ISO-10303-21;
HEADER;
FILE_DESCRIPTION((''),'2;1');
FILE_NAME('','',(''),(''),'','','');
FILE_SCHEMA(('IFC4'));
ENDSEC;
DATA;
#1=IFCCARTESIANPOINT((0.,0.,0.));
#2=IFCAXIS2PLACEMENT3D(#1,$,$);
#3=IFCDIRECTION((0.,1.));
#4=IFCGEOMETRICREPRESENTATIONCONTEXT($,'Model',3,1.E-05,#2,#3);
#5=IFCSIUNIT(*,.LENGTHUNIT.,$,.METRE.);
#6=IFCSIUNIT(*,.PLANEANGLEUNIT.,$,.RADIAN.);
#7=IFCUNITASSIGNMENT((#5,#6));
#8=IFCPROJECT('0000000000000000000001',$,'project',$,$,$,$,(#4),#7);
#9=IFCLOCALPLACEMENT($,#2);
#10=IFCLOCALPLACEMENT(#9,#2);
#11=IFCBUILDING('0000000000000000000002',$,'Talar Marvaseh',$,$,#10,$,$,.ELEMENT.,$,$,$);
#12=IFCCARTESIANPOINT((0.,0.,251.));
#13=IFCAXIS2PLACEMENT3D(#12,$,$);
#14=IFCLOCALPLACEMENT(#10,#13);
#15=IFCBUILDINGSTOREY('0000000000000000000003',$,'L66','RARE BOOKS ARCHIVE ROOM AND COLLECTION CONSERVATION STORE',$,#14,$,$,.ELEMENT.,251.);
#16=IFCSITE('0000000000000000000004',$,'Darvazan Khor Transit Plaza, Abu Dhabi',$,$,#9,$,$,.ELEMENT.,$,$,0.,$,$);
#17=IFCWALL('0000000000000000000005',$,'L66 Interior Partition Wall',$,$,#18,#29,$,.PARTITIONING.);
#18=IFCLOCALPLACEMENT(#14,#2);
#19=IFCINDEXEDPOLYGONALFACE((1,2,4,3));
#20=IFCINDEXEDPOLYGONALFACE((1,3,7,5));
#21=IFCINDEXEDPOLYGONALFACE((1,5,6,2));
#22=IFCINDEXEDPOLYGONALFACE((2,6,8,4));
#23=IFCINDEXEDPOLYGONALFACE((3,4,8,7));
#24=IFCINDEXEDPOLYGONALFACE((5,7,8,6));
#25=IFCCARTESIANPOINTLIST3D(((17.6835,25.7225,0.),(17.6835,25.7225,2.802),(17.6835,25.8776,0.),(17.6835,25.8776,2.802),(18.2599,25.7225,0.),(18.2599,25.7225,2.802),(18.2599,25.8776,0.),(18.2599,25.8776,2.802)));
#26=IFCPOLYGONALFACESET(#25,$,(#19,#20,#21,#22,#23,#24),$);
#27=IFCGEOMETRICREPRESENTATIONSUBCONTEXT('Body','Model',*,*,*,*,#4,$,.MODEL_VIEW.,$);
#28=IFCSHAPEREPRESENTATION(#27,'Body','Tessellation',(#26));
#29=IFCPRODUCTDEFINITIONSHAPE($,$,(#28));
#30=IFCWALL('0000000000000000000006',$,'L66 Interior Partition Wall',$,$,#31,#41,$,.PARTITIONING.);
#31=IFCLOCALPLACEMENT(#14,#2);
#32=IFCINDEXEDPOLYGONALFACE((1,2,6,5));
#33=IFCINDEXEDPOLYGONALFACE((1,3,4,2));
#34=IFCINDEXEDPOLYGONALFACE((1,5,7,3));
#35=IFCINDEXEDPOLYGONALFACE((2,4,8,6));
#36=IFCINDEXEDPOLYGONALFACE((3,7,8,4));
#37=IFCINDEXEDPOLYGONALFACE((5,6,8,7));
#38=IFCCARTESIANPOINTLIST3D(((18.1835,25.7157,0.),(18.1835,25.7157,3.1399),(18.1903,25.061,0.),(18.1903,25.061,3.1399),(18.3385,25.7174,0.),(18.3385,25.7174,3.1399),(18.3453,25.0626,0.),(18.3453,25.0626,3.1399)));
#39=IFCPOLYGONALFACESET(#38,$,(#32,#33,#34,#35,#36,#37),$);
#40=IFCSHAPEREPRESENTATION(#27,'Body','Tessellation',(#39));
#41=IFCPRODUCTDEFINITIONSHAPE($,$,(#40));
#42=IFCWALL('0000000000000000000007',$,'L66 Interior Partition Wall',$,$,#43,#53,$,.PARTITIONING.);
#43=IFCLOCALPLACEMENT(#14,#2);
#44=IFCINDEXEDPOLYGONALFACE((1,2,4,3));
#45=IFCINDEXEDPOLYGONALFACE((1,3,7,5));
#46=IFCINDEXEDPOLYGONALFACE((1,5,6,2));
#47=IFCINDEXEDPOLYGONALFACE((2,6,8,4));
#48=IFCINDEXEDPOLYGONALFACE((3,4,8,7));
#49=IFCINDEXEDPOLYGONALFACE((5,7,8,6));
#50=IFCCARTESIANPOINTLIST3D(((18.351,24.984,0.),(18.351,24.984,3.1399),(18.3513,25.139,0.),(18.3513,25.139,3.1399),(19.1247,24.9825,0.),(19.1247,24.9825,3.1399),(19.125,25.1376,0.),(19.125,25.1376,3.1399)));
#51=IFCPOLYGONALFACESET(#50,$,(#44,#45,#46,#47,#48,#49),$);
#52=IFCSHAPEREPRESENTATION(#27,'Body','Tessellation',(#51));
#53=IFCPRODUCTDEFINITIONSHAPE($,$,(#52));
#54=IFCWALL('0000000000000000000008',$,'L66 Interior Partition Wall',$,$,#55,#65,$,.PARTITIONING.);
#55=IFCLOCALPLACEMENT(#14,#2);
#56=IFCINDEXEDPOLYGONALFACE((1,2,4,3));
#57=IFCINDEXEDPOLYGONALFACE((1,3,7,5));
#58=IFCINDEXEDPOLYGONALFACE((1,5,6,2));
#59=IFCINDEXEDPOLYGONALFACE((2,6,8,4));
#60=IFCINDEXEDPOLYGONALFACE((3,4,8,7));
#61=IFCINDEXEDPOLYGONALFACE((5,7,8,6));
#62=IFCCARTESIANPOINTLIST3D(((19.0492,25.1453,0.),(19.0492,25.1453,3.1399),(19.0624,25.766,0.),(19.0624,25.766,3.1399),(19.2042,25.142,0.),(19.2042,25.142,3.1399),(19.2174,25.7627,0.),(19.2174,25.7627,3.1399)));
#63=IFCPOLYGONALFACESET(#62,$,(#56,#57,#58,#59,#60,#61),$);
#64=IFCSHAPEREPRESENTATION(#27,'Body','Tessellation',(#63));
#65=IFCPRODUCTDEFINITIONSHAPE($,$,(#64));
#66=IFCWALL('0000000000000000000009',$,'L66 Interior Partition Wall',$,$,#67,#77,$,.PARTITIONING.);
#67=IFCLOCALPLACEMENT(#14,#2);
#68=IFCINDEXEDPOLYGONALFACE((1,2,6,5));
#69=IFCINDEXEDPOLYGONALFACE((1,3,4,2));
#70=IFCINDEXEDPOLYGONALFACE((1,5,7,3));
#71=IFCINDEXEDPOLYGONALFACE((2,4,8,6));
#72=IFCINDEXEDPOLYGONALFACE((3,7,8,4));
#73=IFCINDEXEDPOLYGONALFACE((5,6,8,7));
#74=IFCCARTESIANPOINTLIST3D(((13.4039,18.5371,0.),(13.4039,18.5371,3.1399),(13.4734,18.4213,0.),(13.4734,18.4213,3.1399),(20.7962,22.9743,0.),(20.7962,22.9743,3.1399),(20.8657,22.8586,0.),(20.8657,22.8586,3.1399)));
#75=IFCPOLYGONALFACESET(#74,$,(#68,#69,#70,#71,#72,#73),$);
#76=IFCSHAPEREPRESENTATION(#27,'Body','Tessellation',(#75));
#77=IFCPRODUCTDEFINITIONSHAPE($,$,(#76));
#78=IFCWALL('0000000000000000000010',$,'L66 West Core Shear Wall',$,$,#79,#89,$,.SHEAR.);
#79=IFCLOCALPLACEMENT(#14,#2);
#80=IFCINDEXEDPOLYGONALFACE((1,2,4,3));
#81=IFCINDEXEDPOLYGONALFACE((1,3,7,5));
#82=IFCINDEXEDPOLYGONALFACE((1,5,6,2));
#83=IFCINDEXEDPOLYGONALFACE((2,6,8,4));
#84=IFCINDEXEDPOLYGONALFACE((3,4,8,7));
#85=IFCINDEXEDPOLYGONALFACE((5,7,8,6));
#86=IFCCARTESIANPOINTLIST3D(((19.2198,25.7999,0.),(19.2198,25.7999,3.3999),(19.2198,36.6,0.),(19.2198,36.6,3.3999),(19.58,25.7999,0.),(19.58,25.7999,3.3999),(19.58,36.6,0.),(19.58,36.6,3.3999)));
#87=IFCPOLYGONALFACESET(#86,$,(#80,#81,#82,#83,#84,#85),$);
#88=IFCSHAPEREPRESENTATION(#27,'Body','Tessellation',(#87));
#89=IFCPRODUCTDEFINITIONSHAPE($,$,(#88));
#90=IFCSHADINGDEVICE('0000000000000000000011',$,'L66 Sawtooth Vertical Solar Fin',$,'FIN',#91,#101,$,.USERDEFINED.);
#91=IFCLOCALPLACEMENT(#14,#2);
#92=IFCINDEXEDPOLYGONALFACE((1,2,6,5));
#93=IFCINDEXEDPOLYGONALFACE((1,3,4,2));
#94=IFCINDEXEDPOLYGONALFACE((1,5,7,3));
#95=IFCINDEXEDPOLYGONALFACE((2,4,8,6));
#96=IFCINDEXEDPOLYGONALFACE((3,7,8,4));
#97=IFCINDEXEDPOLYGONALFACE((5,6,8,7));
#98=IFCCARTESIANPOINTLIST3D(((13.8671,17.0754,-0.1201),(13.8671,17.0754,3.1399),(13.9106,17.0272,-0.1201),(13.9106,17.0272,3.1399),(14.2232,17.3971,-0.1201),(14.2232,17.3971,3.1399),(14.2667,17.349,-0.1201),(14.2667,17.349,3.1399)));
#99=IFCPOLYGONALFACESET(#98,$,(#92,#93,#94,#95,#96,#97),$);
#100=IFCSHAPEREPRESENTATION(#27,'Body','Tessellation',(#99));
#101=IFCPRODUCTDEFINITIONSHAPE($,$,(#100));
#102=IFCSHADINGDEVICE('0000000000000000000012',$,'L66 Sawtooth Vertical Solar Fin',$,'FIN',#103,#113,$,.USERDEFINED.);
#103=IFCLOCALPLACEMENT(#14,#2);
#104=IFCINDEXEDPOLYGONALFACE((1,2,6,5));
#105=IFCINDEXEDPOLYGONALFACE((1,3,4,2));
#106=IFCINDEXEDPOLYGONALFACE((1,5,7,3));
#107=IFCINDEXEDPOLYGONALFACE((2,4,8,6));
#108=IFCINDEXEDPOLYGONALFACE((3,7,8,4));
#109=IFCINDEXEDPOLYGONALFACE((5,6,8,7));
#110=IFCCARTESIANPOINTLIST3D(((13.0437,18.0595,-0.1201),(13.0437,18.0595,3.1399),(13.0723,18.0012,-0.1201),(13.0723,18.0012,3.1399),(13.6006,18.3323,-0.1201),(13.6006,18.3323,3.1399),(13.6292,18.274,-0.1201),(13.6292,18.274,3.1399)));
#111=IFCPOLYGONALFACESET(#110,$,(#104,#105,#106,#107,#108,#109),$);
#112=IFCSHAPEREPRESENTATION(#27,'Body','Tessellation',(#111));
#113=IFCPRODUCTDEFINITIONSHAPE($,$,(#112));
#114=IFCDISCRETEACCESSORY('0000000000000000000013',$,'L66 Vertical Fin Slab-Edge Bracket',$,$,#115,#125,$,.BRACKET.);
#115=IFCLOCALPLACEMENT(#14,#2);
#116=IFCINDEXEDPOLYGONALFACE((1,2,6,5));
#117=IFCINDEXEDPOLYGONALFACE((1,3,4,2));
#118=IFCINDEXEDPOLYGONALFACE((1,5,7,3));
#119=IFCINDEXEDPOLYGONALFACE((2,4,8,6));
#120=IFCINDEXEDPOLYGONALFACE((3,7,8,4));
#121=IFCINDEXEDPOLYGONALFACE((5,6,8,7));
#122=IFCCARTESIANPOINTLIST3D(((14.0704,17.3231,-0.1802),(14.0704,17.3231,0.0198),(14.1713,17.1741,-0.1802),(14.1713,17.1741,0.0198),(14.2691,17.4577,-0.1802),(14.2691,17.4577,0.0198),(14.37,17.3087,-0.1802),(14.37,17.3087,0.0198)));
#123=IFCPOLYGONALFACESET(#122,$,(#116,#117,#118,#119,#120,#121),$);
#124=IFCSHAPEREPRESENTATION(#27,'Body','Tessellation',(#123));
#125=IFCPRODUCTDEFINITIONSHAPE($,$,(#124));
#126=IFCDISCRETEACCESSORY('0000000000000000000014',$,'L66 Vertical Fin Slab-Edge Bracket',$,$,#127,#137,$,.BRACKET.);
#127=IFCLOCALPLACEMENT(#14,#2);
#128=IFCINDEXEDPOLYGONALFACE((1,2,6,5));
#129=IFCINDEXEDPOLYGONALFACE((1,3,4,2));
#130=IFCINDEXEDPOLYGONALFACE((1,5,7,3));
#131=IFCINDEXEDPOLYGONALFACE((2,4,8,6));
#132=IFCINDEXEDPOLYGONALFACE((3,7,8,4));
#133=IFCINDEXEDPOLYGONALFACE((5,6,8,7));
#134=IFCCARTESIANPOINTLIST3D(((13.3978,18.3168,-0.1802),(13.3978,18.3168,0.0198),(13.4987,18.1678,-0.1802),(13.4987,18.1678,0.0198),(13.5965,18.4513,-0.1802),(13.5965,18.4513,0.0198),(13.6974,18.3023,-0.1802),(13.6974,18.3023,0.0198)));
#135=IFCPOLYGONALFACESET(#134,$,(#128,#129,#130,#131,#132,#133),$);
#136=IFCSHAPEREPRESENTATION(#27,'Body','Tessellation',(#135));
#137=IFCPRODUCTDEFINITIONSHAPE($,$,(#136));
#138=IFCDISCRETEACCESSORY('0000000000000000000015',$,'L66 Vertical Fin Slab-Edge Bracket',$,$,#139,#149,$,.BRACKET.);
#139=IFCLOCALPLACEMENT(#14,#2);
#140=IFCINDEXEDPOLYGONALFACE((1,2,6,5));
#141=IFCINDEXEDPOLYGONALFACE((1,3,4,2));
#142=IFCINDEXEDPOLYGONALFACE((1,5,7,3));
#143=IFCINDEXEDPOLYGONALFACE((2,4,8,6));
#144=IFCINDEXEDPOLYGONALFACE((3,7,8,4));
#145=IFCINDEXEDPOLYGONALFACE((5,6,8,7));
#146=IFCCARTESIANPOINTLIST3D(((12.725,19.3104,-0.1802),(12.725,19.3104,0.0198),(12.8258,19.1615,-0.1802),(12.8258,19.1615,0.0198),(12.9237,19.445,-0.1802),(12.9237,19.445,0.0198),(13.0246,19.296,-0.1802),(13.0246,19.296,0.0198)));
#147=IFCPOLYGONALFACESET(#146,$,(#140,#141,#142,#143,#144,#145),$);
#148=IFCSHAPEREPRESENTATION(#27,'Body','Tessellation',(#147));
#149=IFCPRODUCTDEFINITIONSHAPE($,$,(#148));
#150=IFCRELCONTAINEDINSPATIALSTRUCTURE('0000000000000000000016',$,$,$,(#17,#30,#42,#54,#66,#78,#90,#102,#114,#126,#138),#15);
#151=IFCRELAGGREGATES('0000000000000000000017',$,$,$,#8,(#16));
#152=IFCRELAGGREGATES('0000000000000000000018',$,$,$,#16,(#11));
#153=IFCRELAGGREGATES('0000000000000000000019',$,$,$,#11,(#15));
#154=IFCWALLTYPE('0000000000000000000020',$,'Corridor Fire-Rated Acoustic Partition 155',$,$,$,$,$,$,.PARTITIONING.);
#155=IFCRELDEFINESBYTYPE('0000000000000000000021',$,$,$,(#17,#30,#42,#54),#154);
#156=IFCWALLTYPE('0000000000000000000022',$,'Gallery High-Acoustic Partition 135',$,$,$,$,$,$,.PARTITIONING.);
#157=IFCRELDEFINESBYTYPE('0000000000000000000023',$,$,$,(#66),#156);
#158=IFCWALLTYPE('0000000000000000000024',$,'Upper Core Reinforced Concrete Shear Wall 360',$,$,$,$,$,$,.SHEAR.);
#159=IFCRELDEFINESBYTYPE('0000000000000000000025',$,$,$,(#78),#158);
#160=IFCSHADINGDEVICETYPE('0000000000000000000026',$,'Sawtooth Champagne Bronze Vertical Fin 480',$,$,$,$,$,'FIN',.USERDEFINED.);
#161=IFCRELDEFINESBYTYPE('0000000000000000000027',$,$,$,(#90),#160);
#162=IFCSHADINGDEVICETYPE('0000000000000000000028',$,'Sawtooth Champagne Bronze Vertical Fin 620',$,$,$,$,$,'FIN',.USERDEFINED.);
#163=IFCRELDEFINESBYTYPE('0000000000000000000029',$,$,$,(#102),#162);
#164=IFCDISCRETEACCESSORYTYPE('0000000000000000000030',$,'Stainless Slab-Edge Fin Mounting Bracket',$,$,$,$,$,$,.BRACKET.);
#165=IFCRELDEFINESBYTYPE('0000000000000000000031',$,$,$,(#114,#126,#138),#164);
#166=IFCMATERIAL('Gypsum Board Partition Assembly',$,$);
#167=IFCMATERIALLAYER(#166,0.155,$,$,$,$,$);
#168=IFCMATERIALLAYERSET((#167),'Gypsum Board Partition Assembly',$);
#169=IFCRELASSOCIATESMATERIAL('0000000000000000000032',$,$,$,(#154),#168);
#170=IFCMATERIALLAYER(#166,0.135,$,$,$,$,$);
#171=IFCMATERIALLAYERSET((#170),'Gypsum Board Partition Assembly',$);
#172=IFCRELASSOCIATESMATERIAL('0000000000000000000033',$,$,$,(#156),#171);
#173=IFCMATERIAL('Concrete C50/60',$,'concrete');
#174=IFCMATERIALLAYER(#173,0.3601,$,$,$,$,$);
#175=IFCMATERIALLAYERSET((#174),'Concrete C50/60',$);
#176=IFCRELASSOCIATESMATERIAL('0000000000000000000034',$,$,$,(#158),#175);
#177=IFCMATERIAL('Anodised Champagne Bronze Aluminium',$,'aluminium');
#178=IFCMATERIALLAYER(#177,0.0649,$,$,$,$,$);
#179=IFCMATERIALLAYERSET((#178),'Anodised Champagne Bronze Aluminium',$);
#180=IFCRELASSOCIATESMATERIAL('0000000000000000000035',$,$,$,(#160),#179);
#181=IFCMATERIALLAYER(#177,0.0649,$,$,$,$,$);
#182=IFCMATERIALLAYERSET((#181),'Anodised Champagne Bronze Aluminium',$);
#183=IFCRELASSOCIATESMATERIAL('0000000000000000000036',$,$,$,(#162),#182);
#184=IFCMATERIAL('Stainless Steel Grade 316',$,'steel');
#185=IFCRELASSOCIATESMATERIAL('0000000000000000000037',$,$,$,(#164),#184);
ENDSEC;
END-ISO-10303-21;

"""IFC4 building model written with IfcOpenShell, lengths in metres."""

from ifc_helpers import new_model, si_unit, direction, frame, frame_2d, origin, origin_2d, place, context, subcontext, project, spatial, rectangle, extrude, source, transform, mapped, material, layer, layer_set, type_object, type_shapes, element, save


model = new_model("IFC4")

# Units and contexts
model_context = context("Model", 3, precision=1e-05, world=origin(), true_north=direction((0.0, 1.0)))
body_context = subcontext(model_context, "Body", "Model", "MODEL_VIEW")
ifc_project = project(units=[si_unit("LENGTHUNIT", "METRE"), si_unit("PLANEANGLEUNIT", "RADIAN")], contexts=[model_context])

# Site, building, storey
site_placement = place(None, origin())
site = spatial("IfcSite", under=ifc_project, at=site_placement, Name="Darvazan Khor Transit Plaza, Abu Dhabi", CompositionType="ELEMENT", RefElevation=0.0)
building_placement = place(site_placement, origin())
building = spatial("IfcBuilding", under=site, at=building_placement, Name="Talar Marvaseh", CompositionType="ELEMENT")
storey_placement = place(building_placement, frame((0.0, 0.0, 251.0)))
storey = spatial("IfcBuildingStorey", under=building, at=storey_placement, Name="L66", Description="RARE BOOKS ARCHIVE ROOM AND COLLECTION CONSERVATION STORE", CompositionType="ELEMENT", Elevation=251.0)

# Shared definitions
ifc_material_1 = material(Name="Concrete C50/60", Category="concrete")

# Shared definitions
ifc_material_2 = material(Name="Gypsum Board Partition Assembly")
ifc_layer_1 = layer(ifc_material_2, 0.155)
ifc_layer_set_1 = layer_set([ifc_layer_1], Name="Gypsum Board Partition Assembly")
wall_type_1 = type_object("IfcWallType", Name="Corridor Fire-Rated Acoustic Partition 155", PredefinedType="PARTITIONING", material=ifc_layer_set_1)

# Walls
wall_1_placement = place(storey_placement, frame((17.6836, 25.8, 0.0), z_axis=(0.0, 0.0, 1.0), x_axis=(1.0, 0.0, 0.0)))
element("IfcWall", 1, at=wall_1_placement, inside=storey, type_object=wall_type_1, Name="L66 Interior Partition Wall", PredefinedType="PARTITIONING", context=body_context, shape_type="SweptSolid", body=[
    extrude(rectangle(XDim=0.5764, YDim=0.155, at=frame_2d((0.2881, 0.0))), origin(), (0.0, 0.0, 1.0), 2.802),
])
wall_2_placement = place(storey_placement, frame((18.261, 25.7166, 0.0), z_axis=(0.0, 0.0, 1.0), x_axis=(0.010439, -0.999946, 0.0)))
element("IfcWall", 2, at=wall_2_placement, inside=storey, type_object=wall_type_1, Name="L66 Interior Partition Wall", PredefinedType="PARTITIONING", context=body_context, shape_type="SweptSolid", body=[
    extrude(rectangle(XDim=0.6548, YDim=0.155, at=frame_2d((0.3274, 0.0))), origin(), (0.0, 0.0, 1.0), 3.1399),
])
wall_3_placement = place(storey_placement, frame((18.3513, 25.0615, 0.0), z_axis=(0.0, 0.0, 1.0), x_axis=(0.999998, -0.001893, 0.0)))
element("IfcWall", 3, at=wall_3_placement, inside=storey, type_object=wall_type_1, Name="L66 Interior Partition Wall", PredefinedType="PARTITIONING", context=body_context, shape_type="SweptSolid", body=[
    extrude(rectangle(XDim=0.7737, YDim=0.155, at=frame_2d((0.3867, 0.0))), origin(), (0.0, 0.0, 1.0), 3.1399),
])
wall_4_placement = place(storey_placement, frame((19.1267, 25.1436, 0.0), z_axis=(0.0, 0.0, 1.0), x_axis=(0.021238, 0.999774, 0.0)))
element("IfcWall", 4, at=wall_4_placement, inside=storey, type_object=wall_type_1, Name="L66 Interior Partition Wall", PredefinedType="PARTITIONING", context=body_context, shape_type="SweptSolid", body=[
    extrude(rectangle(XDim=0.6208, YDim=0.155, at=frame_2d((0.3105, 0.0))), origin(), (0.0, 0.0, 1.0), 3.1399),
])
ifc_layer_2 = layer(ifc_material_2, 0.135)
ifc_layer_set_2 = layer_set([ifc_layer_2], Name="Gypsum Board Partition Assembly")
wall_type_2 = type_object("IfcWallType", Name="Gallery High-Acoustic Partition 135", PredefinedType="PARTITIONING", material=ifc_layer_set_2)
wall_5_placement = place(storey_placement, frame((20.8311, 22.9165, 0.0), z_axis=(0.0, 0.0, 1.0), x_axis=(-0.857398, -0.514654, 0.0)))
element("IfcWall", 5, at=wall_5_placement, inside=storey, type_object=wall_type_2, Name="L66 Interior Partition Wall", PredefinedType="PARTITIONING", context=body_context, shape_type="SweptSolid", body=[
    extrude(rectangle(XDim=8.6218, YDim=0.135, at=frame_2d((4.311, 0.0))), origin(), (0.0, 0.0, 1.0), 3.1399),
])
ifc_layer_3 = layer(ifc_material_1, 0.3601)
ifc_layer_set_3 = layer_set([ifc_layer_3], Name="Concrete C50/60")
wall_type_3 = type_object("IfcWallType", Name="Upper Core Reinforced Concrete Shear Wall 360", PredefinedType="SHEAR", material=ifc_layer_set_3)
wall_6_placement = place(storey_placement, frame((19.3999, 25.8, 0.0), z_axis=(0.0, 0.0, 1.0), x_axis=(0.0, 1.0, 0.0)))
element("IfcWall", 6, at=wall_6_placement, inside=storey, type_object=wall_type_3, Name="L66 West Core Shear Wall", PredefinedType="SHEAR", context=body_context, shape_type="SweptSolid", body=[
    extrude(rectangle(XDim=10.8, YDim=0.3601, at=frame_2d((5.3999, 0.0))), origin(), (0.0, 0.0, 1.0), 3.3999),
])

# Shading devices
ifc_material_3 = material(Name="Anodised Champagne Bronze Aluminium", Category="aluminium")
ifc_layer_4 = layer(ifc_material_3, 0.0649)
ifc_layer_set_4 = layer_set([ifc_layer_4], Name="Anodised Champagne Bronze Aluminium")
shading_device_type_1 = type_object("IfcShadingDeviceType", Name="Sawtooth Champagne Bronze Vertical Fin 480", ElementType="FIN", PredefinedType="USERDEFINED", material=ifc_layer_set_4)
shared_shape_1 = source(origin(), body_context, "Body", "SweptSolid", [
    extrude(rectangle(XDim=0.48, YDim=0.0649, at=origin_2d()), origin(), (0.0, 0.0, 1.0), 3.26),
])
type_shapes(shading_device_type_1, [shared_shape_1])
shading_device_1_placement = place(storey_placement, frame((14.0669, 17.2122, -0.1201), z_axis=(0.0, 0.0, 1.0), x_axis=(-0.741976, -0.670427, 0.0)))
element("IfcShadingDevice", 7, at=shading_device_1_placement, inside=storey, type_object=shading_device_type_1, Name="L66 Sawtooth Vertical Solar Fin", ObjectType="FIN", PredefinedType="USERDEFINED", context=body_context, shape_type="MappedRepresentation", body=[
    mapped(shared_shape_1, transform((0.0, 0.0, 0.0), x_axis=(1.0, 0.0, 0.0), y_axis=(0.0, 1.0, 0.0), z_axis=(0.0, 0.0, 1.0), scale=1.0)),
])
ifc_layer_5 = layer(ifc_material_3, 0.0649)
ifc_layer_set_5 = layer_set([ifc_layer_5], Name="Anodised Champagne Bronze Aluminium")
shading_device_type_2 = type_object("IfcShadingDeviceType", Name="Sawtooth Champagne Bronze Vertical Fin 620", ElementType="FIN", PredefinedType="USERDEFINED", material=ifc_layer_set_5)
shared_shape_2 = source(origin(), body_context, "Body", "SweptSolid", [
    extrude(rectangle(XDim=0.6201, YDim=0.0649, at=origin_2d()), origin(), (0.0, 0.0, 1.0), 3.26),
])
type_shapes(shading_device_type_2, [shared_shape_2])
shading_device_2_placement = place(storey_placement, frame((13.3364, 18.1667, -0.1201), z_axis=(0.0, 0.0, 1.0), x_axis=(-0.898028, -0.439939, 0.0)))
element("IfcShadingDevice", 8, at=shading_device_2_placement, inside=storey, type_object=shading_device_type_2, Name="L66 Sawtooth Vertical Solar Fin", ObjectType="FIN", PredefinedType="USERDEFINED", context=body_context, shape_type="MappedRepresentation", body=[
    mapped(shared_shape_2, transform((0.0, 0.0, 0.0), x_axis=(1.0, 0.0, 0.0), y_axis=(0.0, 1.0, 0.0), z_axis=(0.0, 0.0, 1.0), scale=1.0)),
])

# Discrete accessories
ifc_material_4 = material(Name="Stainless Steel Grade 316", Category="steel")
discrete_accessory_type = type_object("IfcDiscreteAccessoryType", Name="Stainless Slab-Edge Fin Mounting Bracket", PredefinedType="BRACKET", material=ifc_material_4)
shared_shape_3 = source(origin(), body_context, "Body", "SweptSolid", [
    extrude(rectangle(XDim=0.24, YDim=0.1799, at=origin_2d()), origin(), (0.0, 0.0, 1.0), 0.2),
])
type_shapes(discrete_accessory_type, [shared_shape_3])
for number, where, z_axis, x_axis, name in (
    (9, (14.2202, 17.3159, -0.1802), (0.0, 0.0, 1.0), (-0.82806, -0.560639, 0.0), "L66 Vertical Fin Slab-Edge Bracket"),
    (10, (13.5476, 18.3096, -0.1802), (0.0, 0.0, 1.0), (-0.82806, -0.560639, 0.0), "L66 Vertical Fin Slab-Edge Bracket"),
    (11, (12.8748, 19.3032, -0.1802), (0.0, 0.0, 1.0), (-0.82806, -0.560639, 0.0), "L66 Vertical Fin Slab-Edge Bracket"),
):
    element("IfcDiscreteAccessory", number, at=place(storey_placement, frame(where, z_axis=z_axis, x_axis=x_axis)), inside=storey, type_object=discrete_accessory_type, Name=name, PredefinedType="BRACKET", context=body_context, shape_type="MappedRepresentation", body=[
        mapped(shared_shape_3, transform((0.0, 0.0, 0.0), x_axis=(1.0, 0.0, 0.0), y_axis=(0.0, 1.0, 0.0), z_axis=(0.0, 0.0, 1.0), scale=1.0)),
    ])

save(model, "model.ifc")
